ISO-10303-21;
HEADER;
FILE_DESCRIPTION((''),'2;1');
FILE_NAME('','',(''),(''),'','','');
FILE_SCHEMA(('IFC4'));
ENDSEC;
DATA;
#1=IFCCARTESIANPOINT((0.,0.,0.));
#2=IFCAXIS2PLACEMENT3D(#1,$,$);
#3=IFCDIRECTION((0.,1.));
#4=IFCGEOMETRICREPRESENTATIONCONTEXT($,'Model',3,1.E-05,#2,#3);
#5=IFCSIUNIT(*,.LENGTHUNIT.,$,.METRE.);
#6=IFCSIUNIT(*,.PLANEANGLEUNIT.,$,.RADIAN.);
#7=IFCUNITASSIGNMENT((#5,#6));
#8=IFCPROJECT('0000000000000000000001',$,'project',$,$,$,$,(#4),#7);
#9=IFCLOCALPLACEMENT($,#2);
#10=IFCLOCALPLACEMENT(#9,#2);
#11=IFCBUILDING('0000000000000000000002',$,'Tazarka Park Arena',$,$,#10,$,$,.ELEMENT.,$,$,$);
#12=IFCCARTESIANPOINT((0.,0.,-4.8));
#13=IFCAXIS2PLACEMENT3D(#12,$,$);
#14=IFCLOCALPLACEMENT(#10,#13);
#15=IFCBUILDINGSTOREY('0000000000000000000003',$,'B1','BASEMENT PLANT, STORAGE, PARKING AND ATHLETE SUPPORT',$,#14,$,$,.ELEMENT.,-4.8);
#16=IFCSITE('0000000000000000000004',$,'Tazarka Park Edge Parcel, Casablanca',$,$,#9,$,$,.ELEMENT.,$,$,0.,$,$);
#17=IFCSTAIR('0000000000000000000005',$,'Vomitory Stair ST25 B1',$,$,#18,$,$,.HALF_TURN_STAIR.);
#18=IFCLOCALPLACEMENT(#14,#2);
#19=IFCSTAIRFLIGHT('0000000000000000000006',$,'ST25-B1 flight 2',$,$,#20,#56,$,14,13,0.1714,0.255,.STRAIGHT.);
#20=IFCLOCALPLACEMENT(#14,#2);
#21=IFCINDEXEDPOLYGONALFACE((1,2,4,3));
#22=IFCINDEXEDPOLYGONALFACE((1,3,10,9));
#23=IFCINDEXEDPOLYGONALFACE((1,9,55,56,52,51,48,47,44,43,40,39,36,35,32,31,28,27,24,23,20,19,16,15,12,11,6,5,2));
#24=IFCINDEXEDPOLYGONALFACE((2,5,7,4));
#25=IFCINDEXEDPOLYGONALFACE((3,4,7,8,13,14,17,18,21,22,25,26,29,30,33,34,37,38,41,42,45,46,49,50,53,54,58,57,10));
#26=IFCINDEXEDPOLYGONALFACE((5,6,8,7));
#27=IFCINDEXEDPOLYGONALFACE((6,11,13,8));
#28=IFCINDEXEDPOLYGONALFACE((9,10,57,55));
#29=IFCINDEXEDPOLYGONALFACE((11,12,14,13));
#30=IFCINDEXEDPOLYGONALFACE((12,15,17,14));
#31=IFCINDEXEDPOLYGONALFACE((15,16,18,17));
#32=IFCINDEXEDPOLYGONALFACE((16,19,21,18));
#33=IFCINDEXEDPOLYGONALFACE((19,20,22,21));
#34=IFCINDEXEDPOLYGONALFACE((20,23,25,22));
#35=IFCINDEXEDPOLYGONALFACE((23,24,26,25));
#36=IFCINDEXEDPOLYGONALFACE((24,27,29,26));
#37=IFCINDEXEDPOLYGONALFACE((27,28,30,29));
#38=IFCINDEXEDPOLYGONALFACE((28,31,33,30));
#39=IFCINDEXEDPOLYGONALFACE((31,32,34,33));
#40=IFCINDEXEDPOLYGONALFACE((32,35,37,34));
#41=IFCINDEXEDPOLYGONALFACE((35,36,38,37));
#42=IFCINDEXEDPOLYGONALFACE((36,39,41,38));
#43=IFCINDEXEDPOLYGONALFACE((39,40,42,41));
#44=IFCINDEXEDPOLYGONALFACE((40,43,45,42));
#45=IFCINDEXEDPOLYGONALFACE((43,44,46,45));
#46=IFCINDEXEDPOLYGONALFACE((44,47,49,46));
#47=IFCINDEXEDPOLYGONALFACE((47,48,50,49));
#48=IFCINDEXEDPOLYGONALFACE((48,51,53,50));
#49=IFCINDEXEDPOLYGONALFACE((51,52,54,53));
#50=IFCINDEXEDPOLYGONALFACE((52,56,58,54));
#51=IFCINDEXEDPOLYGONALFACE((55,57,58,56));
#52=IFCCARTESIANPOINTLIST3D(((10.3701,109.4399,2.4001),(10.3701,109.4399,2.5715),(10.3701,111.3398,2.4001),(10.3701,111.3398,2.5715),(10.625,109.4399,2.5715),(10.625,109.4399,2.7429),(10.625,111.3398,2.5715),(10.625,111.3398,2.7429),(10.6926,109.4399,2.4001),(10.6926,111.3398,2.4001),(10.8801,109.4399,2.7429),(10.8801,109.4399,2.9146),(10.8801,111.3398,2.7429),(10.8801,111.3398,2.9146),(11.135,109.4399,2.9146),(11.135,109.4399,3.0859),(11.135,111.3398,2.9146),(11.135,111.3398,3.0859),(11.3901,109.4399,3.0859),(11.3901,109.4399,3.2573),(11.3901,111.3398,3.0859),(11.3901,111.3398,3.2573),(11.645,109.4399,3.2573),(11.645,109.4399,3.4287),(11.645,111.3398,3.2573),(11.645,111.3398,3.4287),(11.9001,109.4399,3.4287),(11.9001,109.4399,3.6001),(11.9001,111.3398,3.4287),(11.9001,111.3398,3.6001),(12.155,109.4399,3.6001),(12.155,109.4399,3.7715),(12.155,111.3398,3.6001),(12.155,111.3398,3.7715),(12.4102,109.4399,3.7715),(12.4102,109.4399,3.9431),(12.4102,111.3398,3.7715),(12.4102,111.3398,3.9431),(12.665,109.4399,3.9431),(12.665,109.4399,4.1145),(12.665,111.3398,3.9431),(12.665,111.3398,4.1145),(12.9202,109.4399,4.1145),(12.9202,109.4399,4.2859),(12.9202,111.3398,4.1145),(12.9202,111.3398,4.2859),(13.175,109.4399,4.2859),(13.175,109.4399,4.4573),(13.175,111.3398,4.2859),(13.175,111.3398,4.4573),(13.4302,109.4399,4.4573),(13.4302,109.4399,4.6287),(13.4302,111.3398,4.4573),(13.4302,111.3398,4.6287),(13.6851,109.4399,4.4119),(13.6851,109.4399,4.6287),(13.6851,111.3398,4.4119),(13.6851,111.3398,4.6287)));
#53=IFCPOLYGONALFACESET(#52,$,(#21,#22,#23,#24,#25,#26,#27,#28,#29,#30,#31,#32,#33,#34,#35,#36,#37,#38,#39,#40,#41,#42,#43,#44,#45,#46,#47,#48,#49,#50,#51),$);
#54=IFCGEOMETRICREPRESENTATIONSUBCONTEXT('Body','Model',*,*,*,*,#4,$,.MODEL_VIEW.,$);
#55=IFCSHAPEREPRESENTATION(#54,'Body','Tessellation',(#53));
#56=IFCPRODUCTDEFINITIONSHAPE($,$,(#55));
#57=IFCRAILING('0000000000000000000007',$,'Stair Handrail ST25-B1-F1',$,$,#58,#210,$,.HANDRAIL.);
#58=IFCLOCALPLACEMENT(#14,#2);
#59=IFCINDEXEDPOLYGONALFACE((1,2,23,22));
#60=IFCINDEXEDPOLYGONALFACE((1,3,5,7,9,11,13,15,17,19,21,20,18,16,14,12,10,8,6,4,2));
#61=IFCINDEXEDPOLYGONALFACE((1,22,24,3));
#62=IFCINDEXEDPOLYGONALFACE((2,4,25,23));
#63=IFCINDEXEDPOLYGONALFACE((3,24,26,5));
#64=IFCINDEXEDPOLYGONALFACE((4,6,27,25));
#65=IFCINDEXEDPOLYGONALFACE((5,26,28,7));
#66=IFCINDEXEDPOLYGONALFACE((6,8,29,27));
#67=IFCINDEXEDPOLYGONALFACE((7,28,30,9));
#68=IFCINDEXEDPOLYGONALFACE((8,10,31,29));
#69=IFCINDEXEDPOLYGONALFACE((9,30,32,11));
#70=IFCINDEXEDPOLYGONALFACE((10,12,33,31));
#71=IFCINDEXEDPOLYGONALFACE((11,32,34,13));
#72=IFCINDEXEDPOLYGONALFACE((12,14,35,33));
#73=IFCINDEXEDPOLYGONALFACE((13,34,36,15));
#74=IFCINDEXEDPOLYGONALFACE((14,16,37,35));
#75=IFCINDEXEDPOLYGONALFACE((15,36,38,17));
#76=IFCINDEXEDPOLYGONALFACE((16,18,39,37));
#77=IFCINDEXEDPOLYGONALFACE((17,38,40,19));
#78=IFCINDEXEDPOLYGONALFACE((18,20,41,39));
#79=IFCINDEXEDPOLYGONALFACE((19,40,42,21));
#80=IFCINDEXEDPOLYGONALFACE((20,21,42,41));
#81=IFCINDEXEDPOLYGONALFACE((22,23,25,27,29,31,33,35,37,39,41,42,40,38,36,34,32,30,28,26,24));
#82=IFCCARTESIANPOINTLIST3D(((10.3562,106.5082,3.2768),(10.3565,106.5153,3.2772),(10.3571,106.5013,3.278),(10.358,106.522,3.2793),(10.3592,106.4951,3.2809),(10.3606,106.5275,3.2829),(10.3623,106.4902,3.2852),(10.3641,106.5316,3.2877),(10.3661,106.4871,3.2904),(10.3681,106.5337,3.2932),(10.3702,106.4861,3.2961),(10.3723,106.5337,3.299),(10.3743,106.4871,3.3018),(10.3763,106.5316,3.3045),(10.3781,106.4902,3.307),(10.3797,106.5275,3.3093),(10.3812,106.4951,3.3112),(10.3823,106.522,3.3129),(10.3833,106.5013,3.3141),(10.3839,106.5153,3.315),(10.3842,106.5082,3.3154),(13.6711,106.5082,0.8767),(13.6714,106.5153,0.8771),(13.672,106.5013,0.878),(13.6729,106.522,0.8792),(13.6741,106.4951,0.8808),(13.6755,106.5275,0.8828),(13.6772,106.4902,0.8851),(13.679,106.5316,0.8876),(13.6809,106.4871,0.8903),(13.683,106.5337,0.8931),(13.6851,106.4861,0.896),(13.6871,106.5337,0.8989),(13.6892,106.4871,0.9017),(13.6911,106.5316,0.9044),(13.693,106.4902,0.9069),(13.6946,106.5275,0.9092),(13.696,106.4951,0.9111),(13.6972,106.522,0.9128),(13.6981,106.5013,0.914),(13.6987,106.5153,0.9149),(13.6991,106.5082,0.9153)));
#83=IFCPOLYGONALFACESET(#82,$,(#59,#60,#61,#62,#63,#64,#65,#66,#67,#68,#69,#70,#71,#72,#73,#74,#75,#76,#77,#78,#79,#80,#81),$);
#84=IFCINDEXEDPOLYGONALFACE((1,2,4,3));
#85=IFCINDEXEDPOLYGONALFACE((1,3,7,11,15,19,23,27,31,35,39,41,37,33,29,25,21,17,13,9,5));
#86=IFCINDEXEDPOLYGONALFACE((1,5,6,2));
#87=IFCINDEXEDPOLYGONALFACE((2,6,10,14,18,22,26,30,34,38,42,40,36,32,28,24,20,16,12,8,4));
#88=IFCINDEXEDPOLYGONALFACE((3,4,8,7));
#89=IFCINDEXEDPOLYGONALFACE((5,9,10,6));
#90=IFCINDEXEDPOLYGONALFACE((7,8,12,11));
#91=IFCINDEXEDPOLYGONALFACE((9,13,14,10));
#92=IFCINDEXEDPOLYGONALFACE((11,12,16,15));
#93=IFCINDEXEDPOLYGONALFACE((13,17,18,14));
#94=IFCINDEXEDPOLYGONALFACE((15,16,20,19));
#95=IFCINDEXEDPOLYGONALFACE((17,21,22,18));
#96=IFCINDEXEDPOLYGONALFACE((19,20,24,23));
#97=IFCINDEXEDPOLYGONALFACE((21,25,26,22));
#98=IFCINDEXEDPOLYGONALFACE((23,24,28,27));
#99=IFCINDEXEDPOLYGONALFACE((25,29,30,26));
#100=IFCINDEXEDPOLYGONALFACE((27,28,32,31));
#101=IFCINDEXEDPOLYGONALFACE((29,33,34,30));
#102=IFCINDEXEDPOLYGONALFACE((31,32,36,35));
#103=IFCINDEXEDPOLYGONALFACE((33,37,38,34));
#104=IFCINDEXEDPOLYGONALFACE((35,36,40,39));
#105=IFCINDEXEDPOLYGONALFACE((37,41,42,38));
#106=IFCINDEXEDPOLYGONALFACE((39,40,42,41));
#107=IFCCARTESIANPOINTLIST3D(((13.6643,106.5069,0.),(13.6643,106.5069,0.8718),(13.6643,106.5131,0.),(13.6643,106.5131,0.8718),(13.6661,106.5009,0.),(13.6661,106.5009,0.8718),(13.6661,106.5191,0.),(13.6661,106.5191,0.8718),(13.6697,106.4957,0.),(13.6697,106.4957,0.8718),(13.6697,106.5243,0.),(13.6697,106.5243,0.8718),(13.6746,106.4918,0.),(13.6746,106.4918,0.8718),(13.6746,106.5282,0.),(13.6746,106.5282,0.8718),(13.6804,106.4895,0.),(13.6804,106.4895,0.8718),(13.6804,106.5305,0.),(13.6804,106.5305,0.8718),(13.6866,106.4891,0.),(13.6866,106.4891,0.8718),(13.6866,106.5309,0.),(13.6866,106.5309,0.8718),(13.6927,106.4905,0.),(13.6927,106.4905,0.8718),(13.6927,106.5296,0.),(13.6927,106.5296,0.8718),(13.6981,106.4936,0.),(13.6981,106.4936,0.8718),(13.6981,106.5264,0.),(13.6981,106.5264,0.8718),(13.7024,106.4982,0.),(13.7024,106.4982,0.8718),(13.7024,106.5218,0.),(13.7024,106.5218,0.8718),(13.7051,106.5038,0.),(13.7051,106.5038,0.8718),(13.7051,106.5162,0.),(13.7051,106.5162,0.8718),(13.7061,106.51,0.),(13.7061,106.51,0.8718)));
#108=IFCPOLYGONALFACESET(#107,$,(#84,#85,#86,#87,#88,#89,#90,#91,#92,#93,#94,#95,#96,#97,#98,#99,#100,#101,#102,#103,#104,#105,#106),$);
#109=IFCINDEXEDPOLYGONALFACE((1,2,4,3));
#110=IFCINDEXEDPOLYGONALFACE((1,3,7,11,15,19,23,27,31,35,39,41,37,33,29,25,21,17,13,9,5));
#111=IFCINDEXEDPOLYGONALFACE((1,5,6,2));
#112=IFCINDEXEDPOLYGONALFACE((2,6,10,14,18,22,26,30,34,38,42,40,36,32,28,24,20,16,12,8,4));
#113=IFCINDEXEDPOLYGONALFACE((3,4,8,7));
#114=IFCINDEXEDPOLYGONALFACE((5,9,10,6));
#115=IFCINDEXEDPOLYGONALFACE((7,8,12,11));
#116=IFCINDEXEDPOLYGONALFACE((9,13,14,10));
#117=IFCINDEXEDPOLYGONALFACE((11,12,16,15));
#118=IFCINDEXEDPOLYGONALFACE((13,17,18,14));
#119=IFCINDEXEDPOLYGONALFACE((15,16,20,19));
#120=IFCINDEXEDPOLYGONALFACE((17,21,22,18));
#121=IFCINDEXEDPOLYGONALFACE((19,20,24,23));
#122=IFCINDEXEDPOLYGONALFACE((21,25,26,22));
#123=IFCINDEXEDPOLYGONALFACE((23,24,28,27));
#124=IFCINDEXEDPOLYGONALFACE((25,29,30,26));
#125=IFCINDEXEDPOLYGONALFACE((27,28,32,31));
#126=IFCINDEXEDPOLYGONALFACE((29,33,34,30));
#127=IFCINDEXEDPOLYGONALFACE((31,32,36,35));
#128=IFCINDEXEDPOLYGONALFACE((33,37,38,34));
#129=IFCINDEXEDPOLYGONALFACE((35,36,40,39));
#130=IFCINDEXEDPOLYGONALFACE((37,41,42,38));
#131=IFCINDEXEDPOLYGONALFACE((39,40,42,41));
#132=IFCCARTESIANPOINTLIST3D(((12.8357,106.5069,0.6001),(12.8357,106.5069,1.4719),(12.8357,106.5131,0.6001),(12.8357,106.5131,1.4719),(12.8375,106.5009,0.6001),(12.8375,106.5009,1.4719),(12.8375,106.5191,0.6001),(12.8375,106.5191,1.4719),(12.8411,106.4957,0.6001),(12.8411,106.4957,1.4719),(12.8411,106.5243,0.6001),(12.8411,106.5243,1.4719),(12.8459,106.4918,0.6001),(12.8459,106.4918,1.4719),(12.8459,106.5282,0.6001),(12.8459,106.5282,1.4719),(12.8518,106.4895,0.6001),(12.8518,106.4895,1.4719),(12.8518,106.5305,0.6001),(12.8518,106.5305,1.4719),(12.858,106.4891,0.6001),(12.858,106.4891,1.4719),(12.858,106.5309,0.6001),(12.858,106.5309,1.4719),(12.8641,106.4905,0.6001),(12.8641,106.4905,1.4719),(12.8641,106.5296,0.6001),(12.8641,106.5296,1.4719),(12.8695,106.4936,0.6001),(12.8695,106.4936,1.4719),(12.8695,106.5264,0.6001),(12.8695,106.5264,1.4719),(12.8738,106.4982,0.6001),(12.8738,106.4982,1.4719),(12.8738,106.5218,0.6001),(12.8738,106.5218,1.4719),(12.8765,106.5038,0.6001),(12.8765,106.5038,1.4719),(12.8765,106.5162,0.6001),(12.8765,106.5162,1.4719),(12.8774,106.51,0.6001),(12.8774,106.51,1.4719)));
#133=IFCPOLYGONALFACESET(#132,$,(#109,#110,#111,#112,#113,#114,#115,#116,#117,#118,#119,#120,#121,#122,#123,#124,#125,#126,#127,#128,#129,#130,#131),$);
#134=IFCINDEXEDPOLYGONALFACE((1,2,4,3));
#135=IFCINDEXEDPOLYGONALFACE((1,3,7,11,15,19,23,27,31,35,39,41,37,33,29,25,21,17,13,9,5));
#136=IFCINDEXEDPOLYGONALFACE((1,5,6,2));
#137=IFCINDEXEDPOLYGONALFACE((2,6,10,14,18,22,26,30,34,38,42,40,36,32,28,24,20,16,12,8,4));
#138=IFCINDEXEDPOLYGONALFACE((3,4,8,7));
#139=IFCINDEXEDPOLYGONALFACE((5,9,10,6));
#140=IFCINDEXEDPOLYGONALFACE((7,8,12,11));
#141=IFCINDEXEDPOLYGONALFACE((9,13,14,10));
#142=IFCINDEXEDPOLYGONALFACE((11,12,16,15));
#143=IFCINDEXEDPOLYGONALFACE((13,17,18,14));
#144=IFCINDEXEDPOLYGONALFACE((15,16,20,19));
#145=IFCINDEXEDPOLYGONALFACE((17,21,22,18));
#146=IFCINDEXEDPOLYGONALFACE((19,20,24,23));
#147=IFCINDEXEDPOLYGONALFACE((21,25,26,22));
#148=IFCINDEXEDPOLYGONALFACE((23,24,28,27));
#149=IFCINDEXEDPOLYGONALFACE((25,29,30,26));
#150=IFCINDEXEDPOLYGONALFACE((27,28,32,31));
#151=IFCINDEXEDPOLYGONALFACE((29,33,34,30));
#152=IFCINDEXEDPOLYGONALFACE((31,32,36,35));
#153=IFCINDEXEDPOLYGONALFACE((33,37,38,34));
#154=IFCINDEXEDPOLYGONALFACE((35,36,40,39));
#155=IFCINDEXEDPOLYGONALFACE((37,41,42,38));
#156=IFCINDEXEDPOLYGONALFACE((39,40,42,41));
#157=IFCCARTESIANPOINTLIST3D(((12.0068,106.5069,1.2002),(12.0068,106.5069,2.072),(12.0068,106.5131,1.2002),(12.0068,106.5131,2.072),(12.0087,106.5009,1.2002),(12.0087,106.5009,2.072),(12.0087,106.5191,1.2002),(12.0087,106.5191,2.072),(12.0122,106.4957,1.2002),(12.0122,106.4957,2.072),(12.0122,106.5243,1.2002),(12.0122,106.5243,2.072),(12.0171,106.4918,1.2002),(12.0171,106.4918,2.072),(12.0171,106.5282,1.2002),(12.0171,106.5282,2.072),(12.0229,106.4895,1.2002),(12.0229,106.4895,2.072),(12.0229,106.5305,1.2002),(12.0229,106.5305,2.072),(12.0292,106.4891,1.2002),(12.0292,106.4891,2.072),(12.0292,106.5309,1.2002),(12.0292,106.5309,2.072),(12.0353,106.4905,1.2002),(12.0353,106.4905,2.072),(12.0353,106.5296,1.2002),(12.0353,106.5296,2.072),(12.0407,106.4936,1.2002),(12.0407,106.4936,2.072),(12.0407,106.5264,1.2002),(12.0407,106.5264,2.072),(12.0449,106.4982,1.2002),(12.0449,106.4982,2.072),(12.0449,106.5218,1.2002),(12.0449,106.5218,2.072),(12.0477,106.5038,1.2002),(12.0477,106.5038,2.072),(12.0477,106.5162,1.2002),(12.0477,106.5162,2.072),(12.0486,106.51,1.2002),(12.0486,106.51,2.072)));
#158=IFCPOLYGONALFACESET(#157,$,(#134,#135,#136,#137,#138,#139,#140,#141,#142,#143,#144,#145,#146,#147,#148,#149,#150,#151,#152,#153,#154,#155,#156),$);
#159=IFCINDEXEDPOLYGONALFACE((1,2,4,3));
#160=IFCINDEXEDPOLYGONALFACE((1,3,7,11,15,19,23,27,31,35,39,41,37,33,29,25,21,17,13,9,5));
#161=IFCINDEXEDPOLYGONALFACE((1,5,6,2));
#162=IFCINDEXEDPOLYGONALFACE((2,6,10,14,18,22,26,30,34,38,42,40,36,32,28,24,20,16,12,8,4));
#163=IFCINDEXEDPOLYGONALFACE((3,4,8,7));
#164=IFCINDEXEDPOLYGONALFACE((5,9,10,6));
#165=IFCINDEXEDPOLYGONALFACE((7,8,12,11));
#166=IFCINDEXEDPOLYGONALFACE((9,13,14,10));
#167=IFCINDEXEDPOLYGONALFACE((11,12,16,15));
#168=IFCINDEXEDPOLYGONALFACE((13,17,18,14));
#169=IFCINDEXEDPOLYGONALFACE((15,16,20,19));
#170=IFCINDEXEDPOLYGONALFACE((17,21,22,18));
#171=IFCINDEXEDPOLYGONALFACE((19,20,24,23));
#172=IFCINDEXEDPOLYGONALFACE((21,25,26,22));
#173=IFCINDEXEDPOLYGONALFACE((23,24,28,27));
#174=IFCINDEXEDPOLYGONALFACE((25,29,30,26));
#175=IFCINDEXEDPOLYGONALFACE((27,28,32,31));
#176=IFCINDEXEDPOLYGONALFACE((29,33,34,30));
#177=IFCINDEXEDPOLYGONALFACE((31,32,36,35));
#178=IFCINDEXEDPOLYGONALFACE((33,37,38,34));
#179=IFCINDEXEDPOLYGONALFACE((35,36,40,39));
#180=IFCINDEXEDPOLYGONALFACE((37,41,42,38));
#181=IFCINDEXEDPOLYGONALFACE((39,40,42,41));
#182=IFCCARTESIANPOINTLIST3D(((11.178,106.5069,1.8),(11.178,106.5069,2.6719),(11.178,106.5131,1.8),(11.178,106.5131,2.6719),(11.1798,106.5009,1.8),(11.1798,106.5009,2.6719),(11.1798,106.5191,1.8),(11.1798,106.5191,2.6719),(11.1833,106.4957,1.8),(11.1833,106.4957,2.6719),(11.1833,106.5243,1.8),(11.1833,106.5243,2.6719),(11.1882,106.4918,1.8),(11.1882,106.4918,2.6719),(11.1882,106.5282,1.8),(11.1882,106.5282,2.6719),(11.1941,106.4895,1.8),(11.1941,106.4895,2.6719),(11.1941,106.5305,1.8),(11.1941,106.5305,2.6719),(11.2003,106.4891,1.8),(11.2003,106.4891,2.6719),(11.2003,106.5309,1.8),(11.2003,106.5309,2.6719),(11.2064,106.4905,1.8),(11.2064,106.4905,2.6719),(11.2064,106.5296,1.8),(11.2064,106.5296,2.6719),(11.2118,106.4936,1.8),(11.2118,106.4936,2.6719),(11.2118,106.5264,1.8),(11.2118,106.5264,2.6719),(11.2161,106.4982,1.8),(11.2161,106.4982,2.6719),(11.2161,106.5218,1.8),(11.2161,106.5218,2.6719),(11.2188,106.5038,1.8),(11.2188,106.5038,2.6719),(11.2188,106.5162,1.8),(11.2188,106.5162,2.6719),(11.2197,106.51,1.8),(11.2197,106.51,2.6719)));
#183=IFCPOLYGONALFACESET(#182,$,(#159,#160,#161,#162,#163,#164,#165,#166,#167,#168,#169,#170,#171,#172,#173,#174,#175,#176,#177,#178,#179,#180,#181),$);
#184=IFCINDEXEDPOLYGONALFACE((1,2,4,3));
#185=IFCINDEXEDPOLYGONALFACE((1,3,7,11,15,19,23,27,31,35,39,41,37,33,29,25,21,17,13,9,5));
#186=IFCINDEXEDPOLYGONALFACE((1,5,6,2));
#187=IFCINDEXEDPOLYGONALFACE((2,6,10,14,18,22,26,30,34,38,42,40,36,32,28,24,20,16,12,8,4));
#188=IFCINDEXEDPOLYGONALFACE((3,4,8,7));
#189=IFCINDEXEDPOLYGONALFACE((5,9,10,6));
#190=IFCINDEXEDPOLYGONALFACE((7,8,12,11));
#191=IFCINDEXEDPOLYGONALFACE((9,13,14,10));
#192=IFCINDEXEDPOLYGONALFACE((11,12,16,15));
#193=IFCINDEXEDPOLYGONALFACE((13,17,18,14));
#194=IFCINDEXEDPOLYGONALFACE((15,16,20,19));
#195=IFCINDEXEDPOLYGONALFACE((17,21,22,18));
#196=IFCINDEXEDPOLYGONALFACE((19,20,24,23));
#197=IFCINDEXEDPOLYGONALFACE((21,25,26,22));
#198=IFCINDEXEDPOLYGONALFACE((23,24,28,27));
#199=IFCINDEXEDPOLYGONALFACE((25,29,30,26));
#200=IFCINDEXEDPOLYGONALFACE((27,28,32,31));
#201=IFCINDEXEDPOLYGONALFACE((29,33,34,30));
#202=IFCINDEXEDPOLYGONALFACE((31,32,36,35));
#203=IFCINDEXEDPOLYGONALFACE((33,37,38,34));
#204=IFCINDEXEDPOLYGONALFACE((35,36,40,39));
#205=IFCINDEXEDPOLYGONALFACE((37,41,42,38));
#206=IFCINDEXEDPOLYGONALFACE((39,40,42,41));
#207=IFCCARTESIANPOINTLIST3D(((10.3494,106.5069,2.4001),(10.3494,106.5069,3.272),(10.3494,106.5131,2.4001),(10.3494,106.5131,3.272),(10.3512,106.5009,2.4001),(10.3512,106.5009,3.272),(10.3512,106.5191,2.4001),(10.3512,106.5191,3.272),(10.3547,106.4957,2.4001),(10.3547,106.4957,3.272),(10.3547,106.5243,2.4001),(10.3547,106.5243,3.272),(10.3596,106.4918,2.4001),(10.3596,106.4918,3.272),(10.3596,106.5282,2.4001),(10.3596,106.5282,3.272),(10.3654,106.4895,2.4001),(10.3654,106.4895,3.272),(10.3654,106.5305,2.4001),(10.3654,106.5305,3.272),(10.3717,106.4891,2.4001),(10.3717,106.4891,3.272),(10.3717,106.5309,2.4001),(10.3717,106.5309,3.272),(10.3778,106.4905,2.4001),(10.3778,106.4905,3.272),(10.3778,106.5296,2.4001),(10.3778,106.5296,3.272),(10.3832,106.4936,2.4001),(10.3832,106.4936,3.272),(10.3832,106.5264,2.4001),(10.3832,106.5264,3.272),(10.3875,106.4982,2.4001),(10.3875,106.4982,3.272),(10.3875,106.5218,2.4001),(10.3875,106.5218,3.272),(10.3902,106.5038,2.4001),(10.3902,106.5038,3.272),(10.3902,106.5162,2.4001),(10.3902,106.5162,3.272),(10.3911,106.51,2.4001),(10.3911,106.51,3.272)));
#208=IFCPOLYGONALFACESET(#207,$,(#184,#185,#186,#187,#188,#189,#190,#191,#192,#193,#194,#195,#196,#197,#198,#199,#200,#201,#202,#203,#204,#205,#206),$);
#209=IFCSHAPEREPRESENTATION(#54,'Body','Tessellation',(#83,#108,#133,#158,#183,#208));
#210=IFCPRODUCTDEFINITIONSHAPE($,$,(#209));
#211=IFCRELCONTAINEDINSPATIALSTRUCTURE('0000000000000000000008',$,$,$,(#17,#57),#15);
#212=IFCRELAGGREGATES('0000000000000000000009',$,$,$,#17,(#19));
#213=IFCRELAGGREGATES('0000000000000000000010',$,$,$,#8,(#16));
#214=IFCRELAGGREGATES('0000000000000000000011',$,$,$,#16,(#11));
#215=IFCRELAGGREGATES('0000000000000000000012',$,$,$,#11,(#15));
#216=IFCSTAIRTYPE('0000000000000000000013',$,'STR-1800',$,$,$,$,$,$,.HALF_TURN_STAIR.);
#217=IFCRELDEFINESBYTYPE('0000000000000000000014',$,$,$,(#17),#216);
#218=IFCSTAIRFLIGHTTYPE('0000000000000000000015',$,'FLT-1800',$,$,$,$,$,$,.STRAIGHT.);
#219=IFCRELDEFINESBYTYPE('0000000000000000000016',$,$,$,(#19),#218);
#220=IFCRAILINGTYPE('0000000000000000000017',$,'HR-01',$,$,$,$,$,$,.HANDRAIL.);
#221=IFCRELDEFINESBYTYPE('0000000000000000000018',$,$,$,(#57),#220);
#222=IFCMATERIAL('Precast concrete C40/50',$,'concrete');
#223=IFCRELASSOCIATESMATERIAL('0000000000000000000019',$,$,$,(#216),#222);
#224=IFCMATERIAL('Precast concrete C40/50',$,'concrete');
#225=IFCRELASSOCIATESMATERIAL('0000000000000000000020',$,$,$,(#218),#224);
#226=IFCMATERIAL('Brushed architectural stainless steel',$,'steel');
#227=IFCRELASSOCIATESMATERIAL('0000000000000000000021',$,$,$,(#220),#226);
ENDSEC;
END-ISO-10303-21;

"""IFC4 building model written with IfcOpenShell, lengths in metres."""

from ifc_helpers import new_model, si_unit, direction, frame, origin, origin_2d, place, context, subcontext, project, spatial, polyline, circle, outline, extrude, material, type_object, element, aggregate, save


model = new_model("IFC4")

# Units and contexts
model_context = context("Model", 3, precision=1e-05, world=origin(), true_north=direction((0.0, 1.0)))
body_context = subcontext(model_context, "Body", "Model", "MODEL_VIEW")
ifc_project = project(units=[si_unit("LENGTHUNIT", "METRE"), si_unit("PLANEANGLEUNIT", "RADIAN")], contexts=[model_context])

# Site, building, storey
site_placement = place(None, origin())
site = spatial("IfcSite", under=ifc_project, at=site_placement, Name="Tazarka Park Edge Parcel, Casablanca", CompositionType="ELEMENT", RefElevation=0.0)
building_placement = place(site_placement, origin())
building = spatial("IfcBuilding", under=site, at=building_placement, Name="Tazarka Park Arena", CompositionType="ELEMENT")
storey_placement = place(building_placement, frame((0.0, 0.0, -4.8)))
storey = spatial("IfcBuildingStorey", under=building, at=storey_placement, Name="B1", Description="BASEMENT PLANT, STORAGE, PARKING AND ATHLETE SUPPORT", CompositionType="ELEMENT", Elevation=-4.8)

# Stair, stair flight
ifc_material_1 = material(Name="Precast concrete C40/50", Category="concrete")
stair_type = type_object("IfcStairType", Name="STR-1800", PredefinedType="HALF_TURN_STAIR", material=ifc_material_1)
stair_placement = place(storey_placement, origin())
stair = element("IfcStair", 1, at=stair_placement, inside=storey, type_object=stair_type, Name="Vomitory Stair ST25 B1", PredefinedType="HALF_TURN_STAIR")
ifc_material_2 = material(Name="Precast concrete C40/50", Category="concrete")
stair_flight_type = type_object("IfcStairFlightType", Name="FLT-1800", PredefinedType="STRAIGHT", material=ifc_material_2)
stair_flight_1_placement = place(storey_placement, frame((10.3701, 110.3899, 2.4001), z_axis=(0.0, 0.0, 1.0), x_axis=(1.0, 0.0, 0.0)))
stair_flight_1 = element("IfcStairFlight", 2, at=stair_flight_1_placement, type_object=stair_flight_type, Name="ST25-B1 flight 2", NumberOfRisers=14, NumberOfTreads=13, PredefinedType="STRAIGHT", RiserHeight=0.1714, TreadLength=0.255, context=body_context, shape_type="SweptSolid", body=[
    extrude(outline(polyline([(0.0, 0.0), (0.0, 0.1714), (0.2549, 0.1714), (0.2549, 0.3428), (0.51, 0.3428), (0.51, 0.5144), (0.7649, 0.5144), (0.7649, 0.6858), (1.02, 0.6858), (1.02, 0.8572), (1.2749, 0.8572), (1.2749, 1.0286), (1.53, 1.0286), (1.53, 1.2), (1.7849, 1.2), (1.7849, 1.3713), (2.04, 1.3713), (2.04, 1.543), (2.2949, 1.543), (2.2949, 1.7144), (2.55, 1.7144), (2.55, 1.8857), (2.8049, 1.8857), (2.8049, 2.0571), (3.0601, 2.0571), (3.0601, 2.2285), (3.3149, 2.2285), (3.3149, 2.3999), (3.3149, 2.0117), (0.3225, 0.0), (0.0, 0.0)])), frame((0.0, 0.95, 0.0), z_axis=(0.0, -1.0, 0.0), x_axis=(1.0, 0.0, 0.0)), (0.0, 0.0, 1.0), 1.8999),
])
aggregate(stair, [stair_flight_1])

# Railing
ifc_material_3 = material(Name="Brushed architectural stainless steel", Category="steel")
railing_type_1 = type_object("IfcRailingType", Name="HR-01", PredefinedType="HANDRAIL", material=ifc_material_3)
railing_1_placement = place(storey_placement, frame((13.6851, 106.51, 0.0)))
element("IfcRailing", 3, at=railing_1_placement, inside=storey, type_object=railing_type_1, Name="Stair Handrail ST25-B1-F1", PredefinedType="HANDRAIL", context=body_context, shape_type="SweptSolid", body=[
    extrude(circle(Radius=0.0239, at=origin_2d()), frame((0.0, 0.0, 0.896), z_axis=(-0.80998, 0.0, 0.586457), x_axis=(0.0, -1.0, 0.0)), (0.0, 0.0, 1.0), 4.0925),
    extrude(circle(Radius=0.021, at=origin_2d()), origin(), (0.0, 0.0, 1.0), 0.8718),
    extrude(circle(Radius=0.021, at=origin_2d()), frame((-0.8286, 0.0, 0.6001)), (0.0, 0.0, 1.0), 0.8718),
    extrude(circle(Radius=0.021, at=origin_2d()), frame((-1.6575, 0.0, 1.2002)), (0.0, 0.0, 1.0), 0.8718),
    extrude(circle(Radius=0.021, at=origin_2d()), frame((-2.4863, 0.0, 1.8)), (0.0, 0.0, 1.0), 0.8718),
    extrude(circle(Radius=0.021, at=origin_2d()), frame((-3.3149, 0.0, 2.4001)), (0.0, 0.0, 1.0), 0.8718),
])

save(model, "model.ifc")
